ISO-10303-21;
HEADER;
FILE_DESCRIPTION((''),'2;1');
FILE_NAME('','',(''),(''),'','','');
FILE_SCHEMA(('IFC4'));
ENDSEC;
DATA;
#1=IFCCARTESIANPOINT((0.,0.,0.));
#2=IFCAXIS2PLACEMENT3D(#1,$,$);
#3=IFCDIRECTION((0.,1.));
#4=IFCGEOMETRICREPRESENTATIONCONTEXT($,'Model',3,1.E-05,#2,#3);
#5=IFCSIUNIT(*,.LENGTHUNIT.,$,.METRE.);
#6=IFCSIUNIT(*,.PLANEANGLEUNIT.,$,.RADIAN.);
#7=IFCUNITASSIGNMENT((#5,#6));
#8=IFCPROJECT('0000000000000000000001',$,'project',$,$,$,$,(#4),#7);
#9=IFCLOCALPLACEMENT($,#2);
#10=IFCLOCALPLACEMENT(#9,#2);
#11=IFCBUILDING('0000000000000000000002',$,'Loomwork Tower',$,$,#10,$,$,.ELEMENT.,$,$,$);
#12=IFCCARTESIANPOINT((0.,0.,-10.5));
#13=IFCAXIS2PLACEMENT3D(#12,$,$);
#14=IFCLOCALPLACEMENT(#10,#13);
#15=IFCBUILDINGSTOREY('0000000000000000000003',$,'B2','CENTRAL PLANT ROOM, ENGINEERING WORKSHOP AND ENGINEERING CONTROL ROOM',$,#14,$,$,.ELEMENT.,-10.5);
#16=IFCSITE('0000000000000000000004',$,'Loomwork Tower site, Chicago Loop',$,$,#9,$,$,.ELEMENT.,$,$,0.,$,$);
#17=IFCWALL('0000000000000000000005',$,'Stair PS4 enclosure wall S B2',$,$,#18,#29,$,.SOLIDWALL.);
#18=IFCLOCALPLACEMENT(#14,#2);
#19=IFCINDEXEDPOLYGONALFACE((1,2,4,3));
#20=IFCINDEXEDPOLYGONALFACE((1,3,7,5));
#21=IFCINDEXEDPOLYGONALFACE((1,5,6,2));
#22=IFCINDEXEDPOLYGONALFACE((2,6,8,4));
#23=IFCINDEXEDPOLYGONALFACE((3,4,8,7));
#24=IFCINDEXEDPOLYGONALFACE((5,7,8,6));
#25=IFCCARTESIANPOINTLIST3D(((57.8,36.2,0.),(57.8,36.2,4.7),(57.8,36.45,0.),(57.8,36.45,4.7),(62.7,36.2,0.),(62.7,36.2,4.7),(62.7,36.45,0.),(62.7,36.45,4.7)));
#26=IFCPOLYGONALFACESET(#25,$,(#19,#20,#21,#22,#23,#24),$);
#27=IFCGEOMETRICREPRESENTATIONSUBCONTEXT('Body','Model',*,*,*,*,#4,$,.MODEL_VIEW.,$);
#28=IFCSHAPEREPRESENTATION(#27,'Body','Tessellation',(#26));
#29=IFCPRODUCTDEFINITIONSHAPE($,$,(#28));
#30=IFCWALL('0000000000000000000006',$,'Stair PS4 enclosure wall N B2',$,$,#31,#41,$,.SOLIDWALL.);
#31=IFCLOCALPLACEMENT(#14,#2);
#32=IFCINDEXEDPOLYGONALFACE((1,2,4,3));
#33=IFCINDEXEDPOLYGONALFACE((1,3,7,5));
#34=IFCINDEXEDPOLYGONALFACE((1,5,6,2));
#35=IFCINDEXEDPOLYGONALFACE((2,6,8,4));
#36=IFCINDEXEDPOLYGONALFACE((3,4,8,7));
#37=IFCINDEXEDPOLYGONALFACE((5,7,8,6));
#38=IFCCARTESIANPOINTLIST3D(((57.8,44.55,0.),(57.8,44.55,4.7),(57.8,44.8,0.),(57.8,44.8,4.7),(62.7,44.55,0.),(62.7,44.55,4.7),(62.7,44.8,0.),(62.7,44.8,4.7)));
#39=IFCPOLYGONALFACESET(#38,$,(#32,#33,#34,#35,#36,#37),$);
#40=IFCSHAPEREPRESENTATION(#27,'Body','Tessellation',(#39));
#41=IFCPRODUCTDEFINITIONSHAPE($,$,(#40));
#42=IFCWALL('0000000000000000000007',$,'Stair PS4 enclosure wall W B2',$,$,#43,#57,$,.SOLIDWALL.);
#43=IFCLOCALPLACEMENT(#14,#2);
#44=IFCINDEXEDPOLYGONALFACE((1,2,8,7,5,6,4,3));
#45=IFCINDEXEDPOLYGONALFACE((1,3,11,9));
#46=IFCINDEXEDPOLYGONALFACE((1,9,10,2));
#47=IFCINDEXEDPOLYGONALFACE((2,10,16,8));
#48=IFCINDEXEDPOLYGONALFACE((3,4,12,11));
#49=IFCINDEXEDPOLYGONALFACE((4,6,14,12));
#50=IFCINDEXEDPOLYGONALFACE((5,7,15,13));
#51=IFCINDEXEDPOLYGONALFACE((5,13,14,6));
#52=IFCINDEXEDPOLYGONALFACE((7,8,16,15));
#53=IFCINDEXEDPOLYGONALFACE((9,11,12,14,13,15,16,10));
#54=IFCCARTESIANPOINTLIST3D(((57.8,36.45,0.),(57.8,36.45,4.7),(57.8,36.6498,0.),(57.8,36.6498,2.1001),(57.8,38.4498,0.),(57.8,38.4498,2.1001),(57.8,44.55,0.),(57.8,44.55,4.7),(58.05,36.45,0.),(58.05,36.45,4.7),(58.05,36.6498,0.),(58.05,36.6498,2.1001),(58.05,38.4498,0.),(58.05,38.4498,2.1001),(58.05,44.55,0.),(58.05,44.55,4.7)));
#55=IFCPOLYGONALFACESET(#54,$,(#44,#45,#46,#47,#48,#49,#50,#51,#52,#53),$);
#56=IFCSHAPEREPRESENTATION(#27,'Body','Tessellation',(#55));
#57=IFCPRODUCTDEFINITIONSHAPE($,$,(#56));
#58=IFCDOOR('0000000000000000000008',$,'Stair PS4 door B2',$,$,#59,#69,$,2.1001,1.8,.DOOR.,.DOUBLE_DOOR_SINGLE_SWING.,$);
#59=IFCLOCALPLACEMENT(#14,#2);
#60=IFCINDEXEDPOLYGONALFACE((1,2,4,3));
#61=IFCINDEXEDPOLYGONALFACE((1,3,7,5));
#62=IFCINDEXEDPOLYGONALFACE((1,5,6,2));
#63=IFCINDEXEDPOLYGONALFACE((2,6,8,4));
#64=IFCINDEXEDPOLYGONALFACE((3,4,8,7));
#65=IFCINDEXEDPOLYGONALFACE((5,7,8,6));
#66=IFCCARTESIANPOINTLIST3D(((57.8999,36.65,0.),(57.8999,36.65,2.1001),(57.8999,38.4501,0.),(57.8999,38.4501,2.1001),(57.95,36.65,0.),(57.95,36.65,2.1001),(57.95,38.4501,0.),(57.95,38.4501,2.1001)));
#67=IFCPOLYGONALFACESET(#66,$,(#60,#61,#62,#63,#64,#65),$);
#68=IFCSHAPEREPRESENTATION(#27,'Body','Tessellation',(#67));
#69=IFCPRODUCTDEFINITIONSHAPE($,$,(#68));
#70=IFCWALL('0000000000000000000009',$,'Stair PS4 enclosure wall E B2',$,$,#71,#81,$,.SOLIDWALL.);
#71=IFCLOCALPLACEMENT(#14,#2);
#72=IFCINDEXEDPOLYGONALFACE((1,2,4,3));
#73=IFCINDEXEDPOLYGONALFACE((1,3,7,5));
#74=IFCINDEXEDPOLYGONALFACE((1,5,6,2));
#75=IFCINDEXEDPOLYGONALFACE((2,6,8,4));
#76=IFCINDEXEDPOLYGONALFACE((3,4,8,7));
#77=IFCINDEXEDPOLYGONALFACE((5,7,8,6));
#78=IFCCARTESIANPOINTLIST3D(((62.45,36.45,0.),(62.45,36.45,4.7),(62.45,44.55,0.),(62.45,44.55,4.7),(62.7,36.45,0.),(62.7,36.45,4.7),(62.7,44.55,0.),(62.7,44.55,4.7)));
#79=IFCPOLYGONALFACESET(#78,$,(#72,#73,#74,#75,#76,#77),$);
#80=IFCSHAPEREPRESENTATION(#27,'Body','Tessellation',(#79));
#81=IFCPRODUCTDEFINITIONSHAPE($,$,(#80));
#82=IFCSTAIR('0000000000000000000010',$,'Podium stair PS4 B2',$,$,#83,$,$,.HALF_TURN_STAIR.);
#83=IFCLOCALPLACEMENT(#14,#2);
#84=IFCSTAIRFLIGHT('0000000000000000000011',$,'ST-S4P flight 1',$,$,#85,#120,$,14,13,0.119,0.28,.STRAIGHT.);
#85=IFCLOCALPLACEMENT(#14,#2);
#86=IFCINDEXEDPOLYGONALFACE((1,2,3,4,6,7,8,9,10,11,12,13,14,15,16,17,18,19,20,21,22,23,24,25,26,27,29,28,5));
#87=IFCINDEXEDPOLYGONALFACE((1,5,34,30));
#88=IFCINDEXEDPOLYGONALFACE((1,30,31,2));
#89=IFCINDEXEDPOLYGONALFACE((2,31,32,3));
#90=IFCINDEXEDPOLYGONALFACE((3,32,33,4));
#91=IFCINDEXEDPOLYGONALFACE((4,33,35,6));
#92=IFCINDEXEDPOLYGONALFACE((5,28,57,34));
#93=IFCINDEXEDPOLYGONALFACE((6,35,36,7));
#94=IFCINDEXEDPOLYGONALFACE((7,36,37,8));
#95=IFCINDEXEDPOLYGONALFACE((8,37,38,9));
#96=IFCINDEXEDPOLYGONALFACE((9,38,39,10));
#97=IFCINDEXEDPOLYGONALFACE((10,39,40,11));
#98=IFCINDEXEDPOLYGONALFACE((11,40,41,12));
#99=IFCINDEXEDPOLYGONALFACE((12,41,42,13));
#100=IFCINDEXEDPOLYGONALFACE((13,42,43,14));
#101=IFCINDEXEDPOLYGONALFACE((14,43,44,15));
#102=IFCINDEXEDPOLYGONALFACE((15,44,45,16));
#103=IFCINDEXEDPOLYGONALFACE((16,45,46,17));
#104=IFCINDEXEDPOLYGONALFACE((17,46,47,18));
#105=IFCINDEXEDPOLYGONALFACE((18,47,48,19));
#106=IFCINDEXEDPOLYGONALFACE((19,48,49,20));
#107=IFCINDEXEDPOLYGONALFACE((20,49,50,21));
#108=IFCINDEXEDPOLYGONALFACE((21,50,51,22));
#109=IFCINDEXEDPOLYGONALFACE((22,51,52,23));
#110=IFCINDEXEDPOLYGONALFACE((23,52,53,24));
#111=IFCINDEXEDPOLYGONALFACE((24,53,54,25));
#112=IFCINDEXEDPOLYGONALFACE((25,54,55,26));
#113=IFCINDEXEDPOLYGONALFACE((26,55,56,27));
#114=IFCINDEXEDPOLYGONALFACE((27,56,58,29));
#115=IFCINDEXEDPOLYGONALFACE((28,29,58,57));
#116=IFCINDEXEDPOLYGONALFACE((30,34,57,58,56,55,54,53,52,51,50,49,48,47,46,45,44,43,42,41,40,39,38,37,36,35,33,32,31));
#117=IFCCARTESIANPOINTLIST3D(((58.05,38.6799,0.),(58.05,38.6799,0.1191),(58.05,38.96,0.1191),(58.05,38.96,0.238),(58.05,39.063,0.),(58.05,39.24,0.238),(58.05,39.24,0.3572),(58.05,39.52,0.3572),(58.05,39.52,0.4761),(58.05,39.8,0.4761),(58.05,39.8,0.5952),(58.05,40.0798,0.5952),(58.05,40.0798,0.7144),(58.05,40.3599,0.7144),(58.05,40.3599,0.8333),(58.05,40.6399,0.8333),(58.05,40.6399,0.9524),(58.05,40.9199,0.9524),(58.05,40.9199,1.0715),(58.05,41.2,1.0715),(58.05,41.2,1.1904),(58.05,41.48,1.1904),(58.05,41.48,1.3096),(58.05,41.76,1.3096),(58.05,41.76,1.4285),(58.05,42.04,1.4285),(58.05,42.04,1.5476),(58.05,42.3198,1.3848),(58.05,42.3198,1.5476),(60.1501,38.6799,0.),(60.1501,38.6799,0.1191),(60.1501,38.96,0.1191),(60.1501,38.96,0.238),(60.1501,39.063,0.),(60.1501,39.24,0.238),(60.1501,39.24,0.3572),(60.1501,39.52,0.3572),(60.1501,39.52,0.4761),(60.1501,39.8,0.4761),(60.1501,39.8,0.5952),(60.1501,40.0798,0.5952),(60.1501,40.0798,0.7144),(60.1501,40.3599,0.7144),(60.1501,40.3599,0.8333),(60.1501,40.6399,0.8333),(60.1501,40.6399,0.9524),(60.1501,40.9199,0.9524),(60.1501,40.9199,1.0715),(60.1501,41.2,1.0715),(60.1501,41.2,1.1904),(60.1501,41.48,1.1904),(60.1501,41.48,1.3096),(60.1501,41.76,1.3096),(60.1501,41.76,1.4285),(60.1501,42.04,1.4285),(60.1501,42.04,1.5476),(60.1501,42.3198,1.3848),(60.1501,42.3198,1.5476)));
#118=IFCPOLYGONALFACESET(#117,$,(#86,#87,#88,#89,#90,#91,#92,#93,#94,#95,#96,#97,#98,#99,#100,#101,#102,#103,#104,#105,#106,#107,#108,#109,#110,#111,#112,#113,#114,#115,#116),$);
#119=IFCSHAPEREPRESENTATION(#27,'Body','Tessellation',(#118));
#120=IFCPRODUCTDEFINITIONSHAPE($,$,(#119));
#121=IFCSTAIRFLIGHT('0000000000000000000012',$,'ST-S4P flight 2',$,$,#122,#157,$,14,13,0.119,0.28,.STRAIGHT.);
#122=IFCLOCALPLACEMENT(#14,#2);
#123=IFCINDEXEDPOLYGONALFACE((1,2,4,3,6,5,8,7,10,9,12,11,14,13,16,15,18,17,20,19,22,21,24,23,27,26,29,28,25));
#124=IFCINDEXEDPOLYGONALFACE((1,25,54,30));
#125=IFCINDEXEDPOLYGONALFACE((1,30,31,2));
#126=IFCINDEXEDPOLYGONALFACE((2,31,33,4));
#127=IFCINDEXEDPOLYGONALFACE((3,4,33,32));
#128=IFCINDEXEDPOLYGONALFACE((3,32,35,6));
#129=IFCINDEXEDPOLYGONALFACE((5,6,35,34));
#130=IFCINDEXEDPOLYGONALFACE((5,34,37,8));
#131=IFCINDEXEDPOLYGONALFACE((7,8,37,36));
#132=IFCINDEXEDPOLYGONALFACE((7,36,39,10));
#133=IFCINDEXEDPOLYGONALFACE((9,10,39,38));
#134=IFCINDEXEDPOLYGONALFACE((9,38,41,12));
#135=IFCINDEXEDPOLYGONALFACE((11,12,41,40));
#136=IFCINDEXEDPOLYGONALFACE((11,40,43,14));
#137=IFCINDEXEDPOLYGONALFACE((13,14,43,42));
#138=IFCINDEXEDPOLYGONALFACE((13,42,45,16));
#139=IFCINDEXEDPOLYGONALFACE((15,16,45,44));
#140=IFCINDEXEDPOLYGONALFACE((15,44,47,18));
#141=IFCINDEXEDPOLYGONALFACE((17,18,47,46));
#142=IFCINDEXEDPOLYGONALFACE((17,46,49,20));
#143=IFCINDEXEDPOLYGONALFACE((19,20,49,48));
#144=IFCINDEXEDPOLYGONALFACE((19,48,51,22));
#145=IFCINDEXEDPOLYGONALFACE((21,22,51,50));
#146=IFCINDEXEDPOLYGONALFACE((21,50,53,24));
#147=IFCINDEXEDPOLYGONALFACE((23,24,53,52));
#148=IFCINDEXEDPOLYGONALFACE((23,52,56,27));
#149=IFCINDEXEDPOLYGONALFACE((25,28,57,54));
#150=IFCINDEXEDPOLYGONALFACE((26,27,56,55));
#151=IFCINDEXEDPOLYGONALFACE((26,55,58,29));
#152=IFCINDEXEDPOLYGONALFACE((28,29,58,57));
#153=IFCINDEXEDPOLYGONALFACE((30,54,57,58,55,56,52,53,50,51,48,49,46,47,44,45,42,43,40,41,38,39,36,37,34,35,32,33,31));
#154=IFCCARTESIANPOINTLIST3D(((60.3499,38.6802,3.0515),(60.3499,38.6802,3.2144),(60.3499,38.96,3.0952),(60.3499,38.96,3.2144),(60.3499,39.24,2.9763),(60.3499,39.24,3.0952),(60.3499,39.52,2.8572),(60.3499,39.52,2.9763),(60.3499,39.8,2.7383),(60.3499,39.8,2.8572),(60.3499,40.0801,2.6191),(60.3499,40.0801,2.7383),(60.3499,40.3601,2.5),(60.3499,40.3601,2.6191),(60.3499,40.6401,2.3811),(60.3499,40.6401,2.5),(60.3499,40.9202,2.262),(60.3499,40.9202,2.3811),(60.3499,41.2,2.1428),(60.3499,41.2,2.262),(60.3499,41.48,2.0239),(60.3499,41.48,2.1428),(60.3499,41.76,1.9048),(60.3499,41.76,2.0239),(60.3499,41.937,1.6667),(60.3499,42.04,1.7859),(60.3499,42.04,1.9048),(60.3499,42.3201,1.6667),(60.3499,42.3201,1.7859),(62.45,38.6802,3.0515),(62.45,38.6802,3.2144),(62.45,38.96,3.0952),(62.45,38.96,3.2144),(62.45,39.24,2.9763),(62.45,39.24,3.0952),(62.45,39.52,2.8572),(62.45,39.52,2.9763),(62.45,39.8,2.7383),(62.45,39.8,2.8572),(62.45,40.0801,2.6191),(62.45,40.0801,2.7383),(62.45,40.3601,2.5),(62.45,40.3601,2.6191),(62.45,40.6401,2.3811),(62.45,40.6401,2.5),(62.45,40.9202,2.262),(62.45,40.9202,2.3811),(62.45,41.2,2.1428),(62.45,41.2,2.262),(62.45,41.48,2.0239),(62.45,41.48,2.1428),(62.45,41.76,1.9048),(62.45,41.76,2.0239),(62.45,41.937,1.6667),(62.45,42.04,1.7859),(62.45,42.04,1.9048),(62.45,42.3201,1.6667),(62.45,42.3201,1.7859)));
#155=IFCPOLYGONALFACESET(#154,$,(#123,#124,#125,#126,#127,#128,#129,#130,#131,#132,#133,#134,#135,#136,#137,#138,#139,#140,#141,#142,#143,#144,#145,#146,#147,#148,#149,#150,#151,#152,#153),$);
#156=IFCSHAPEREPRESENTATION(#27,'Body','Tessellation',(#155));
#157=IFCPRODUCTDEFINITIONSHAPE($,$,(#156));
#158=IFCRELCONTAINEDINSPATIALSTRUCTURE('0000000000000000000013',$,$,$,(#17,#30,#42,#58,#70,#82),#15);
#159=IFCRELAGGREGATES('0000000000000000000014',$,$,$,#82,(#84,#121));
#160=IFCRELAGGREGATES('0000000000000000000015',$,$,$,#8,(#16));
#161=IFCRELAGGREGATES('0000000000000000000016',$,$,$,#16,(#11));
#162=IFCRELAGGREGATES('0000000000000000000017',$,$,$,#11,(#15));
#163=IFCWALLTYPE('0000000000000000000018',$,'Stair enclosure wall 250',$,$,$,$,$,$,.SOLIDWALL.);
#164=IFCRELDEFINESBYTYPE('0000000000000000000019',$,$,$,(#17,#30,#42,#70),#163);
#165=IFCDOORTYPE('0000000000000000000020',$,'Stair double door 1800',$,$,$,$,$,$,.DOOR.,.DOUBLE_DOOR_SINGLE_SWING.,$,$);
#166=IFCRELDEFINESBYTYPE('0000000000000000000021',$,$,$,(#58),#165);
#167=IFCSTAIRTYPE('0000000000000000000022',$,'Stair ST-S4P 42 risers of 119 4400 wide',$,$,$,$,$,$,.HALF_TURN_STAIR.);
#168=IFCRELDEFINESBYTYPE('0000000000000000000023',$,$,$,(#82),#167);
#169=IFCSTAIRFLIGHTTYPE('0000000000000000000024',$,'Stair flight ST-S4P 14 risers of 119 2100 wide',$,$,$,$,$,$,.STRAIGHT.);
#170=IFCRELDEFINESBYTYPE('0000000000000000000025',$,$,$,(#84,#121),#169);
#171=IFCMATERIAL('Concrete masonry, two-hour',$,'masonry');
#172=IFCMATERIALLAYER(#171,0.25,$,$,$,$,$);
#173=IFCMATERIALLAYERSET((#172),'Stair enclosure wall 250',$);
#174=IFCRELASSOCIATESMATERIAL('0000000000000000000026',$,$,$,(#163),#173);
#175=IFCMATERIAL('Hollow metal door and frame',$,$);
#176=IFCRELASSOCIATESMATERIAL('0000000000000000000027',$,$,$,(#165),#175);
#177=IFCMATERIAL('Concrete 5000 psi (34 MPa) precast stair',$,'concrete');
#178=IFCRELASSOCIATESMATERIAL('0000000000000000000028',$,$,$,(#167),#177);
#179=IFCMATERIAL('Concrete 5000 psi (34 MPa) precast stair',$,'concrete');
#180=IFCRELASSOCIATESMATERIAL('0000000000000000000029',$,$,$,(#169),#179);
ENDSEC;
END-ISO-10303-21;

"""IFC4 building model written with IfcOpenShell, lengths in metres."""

from ifc_helpers import new_model, si_unit, direction, frame, frame_2d, origin, place, context, subcontext, project, spatial, polyline, rectangle, outline, extrude, material, layer, layer_set, type_object, element, fill, aggregate, save


model = new_model("IFC4")

# Units and contexts
model_context = context("Model", 3, precision=1e-05, world=origin(), true_north=direction((0.0, 1.0)))
body_context = subcontext(model_context, "Body", "Model", "MODEL_VIEW")
ifc_project = project(units=[si_unit("LENGTHUNIT", "METRE"), si_unit("PLANEANGLEUNIT", "RADIAN")], contexts=[model_context])

# Site, building, storey
site_placement = place(None, origin())
site = spatial("IfcSite", under=ifc_project, at=site_placement, Name="Loomwork Tower site, Chicago Loop", CompositionType="ELEMENT", RefElevation=0.0)
building_placement = place(site_placement, origin())
building = spatial("IfcBuilding", under=site, at=building_placement, Name="Loomwork Tower", CompositionType="ELEMENT")
storey_placement = place(building_placement, frame((0.0, 0.0, -10.5)))
storey = spatial("IfcBuildingStorey", under=building, at=storey_placement, Name="B2", Description="CENTRAL PLANT ROOM, ENGINEERING WORKSHOP AND ENGINEERING CONTROL ROOM", CompositionType="ELEMENT", Elevation=-10.5)

# Walls
ifc_material_1 = material(Name="Concrete masonry, two-hour", Category="masonry")
ifc_layer_1 = layer(ifc_material_1, 0.25)
ifc_layer_set_1 = layer_set([ifc_layer_1], Name="Stair enclosure wall 250")
wall_type_1 = type_object("IfcWallType", Name="Stair enclosure wall 250", PredefinedType="SOLIDWALL", material=ifc_layer_set_1)
for number, where, z_axis, x_axis, name in (
    (1, (57.8, 36.325, 0.0), (0.0, 0.0, 1.0), (1.0, 0.0, 0.0), "Stair PS4 enclosure wall S B2"),
    (2, (57.8, 44.675, 0.0), (0.0, 0.0, 1.0), (1.0, 0.0, 0.0), "Stair PS4 enclosure wall N B2"),
):
    element("IfcWall", number, at=place(storey_placement, frame(where, z_axis=z_axis, x_axis=x_axis)), inside=storey, type_object=wall_type_1, Name=name, PredefinedType="SOLIDWALL", context=body_context, shape_type="SweptSolid", body=[
        extrude(rectangle(XDim=4.8999, YDim=0.25, at=frame_2d((2.45, 0.0))), origin(), (0.0, 0.0, 1.0), 4.7),
    ])

# Wall, opening, door
wall_1_placement = place(storey_placement, frame((57.925, 36.45, 0.0), z_axis=(0.0, 0.0, 1.0), x_axis=(0.0, 1.0, 0.0)))
wall_1 = element("IfcWall", 3, at=wall_1_placement, inside=storey, type_object=wall_type_1, Name="Stair PS4 enclosure wall W B2", PredefinedType="SOLIDWALL", context=body_context, shape_type="SweptSolid", body=[
    extrude(rectangle(XDim=8.1001, YDim=0.25, at=frame_2d((4.05, 0.0))), origin(), (0.0, 0.0, 1.0), 4.7),
])
opening_placement = place(wall_1_placement, frame((0.2, 0.0, 0.0)))
opening = element("IfcOpeningElement", 4, at=opening_placement, cuts=wall_1, PredefinedType="OPENING", context=body_context, shape_type="SweptSolid", body=[
    extrude(rectangle(XDim=1.8, YDim=2.1001, at=frame_2d((0.8999, 1.05))), frame((0.0, 0.135, 0.0), z_axis=(0.0, -1.0, 0.0), x_axis=(1.0, 0.0, 0.0)), (0.0, 0.0, 1.0), 0.27),
])
ifc_material_2 = material(Name="Hollow metal door and frame")
door_type = type_object("IfcDoorType", Name="Stair double door 1800", OperationType="DOUBLE_DOOR_SINGLE_SWING", PredefinedType="DOOR", material=ifc_material_2)
door_placement = place(opening_placement, frame((1.8, 0.0, 0.0), z_axis=(0.0, 0.0, 1.0), x_axis=(-1.0, 0.0, 0.0)))
door = element("IfcDoor", 5, at=door_placement, inside=storey, type_object=door_type, Name="Stair PS4 door B2", OperationType="DOUBLE_DOOR_SINGLE_SWING", OverallHeight=2.1001, OverallWidth=1.8, PredefinedType="DOOR", context=body_context, shape_type="SweptSolid", body=[
    extrude(rectangle(XDim=1.8, YDim=2.1001, at=frame_2d((0.8999, 1.05))), frame((0.0, 0.0249, 0.0), z_axis=(0.0, -1.0, 0.0), x_axis=(1.0, 0.0, 0.0)), (0.0, 0.0, 1.0), 0.05),
])
fill(opening, door)

# Wall
wall_2_placement = place(storey_placement, frame((62.575, 36.45, 0.0), z_axis=(0.0, 0.0, 1.0), x_axis=(0.0, 1.0, 0.0)))
element("IfcWall", 6, at=wall_2_placement, inside=storey, type_object=wall_type_1, Name="Stair PS4 enclosure wall E B2", PredefinedType="SOLIDWALL", context=body_context, shape_type="SweptSolid", body=[
    extrude(rectangle(XDim=8.1001, YDim=0.25, at=frame_2d((4.05, 0.0))), origin(), (0.0, 0.0, 1.0), 4.7),
])

# Stair, stair flights
ifc_material_3 = material(Name="Concrete 5000 psi (34 MPa) precast stair", Category="concrete")
stair_type = type_object("IfcStairType", Name="Stair ST-S4P 42 risers of 119 4400 wide", PredefinedType="HALF_TURN_STAIR", material=ifc_material_3)
stair_placement = place(storey_placement, origin())
stair = element("IfcStair", 7, at=stair_placement, inside=storey, type_object=stair_type, Name="Podium stair PS4 B2", PredefinedType="HALF_TURN_STAIR")
ifc_material_4 = material(Name="Concrete 5000 psi (34 MPa) precast stair", Category="concrete")
stair_flight_type = type_object("IfcStairFlightType", Name="Stair flight ST-S4P 14 risers of 119 2100 wide", PredefinedType="STRAIGHT", material=ifc_material_4)
stair_flight_1_placement = place(storey_placement, frame((59.1001, 38.6799, 0.0), z_axis=(0.0, 0.0, 1.0), x_axis=(0.0, 1.0, 0.0)))
stair_flight_1 = element("IfcStairFlight", 8, at=stair_flight_1_placement, type_object=stair_flight_type, Name="ST-S4P flight 1", NumberOfRisers=14, NumberOfTreads=13, PredefinedType="STRAIGHT", RiserHeight=0.119, TreadLength=0.28, context=body_context, shape_type="SweptSolid", body=[
    extrude(outline(polyline([(0.0, 0.0), (0.0, 0.1191), (0.28, 0.1191), (0.28, 0.238), (0.5601, 0.238), (0.5601, 0.3572), (0.8401, 0.3572), (0.8401, 0.4761), (1.1201, 0.4761), (1.1201, 0.5952), (1.3999, 0.5952), (1.3999, 0.7144), (1.6799, 0.7144), (1.6799, 0.8333), (1.96, 0.8333), (1.96, 0.9524), (2.24, 0.9524), (2.24, 1.0715), (2.52, 1.0715), (2.52, 1.1904), (2.8, 1.1904), (2.8, 1.3096), (3.0801, 1.3096), (3.0801, 1.4285), (3.3601, 1.4285), (3.3601, 1.5476), (3.6399, 1.5476), (3.6399, 1.6667), (3.6399, 1.3848), (0.3831, 0.0), (0.0, 0.0)])), frame((0.0, 1.05, 0.0), z_axis=(0.0, -1.0, 0.0), x_axis=(1.0, 0.0, 0.0)), (0.0, 0.0, 1.0), 2.1001),
])
stair_flight_2_placement = place(storey_placement, frame((61.3999, 42.3201, 1.6667), z_axis=(0.0, 0.0, 1.0), x_axis=(0.0, -1.0, 0.0)))
stair_flight_2 = element("IfcStairFlight", 9, at=stair_flight_2_placement, type_object=stair_flight_type, Name="ST-S4P flight 2", NumberOfRisers=14, NumberOfTreads=13, PredefinedType="STRAIGHT", RiserHeight=0.119, TreadLength=0.28, context=body_context, shape_type="SweptSolid", body=[
    extrude(outline(polyline([(0.0, 0.0), (0.0, 0.1191), (0.28, 0.1191), (0.28, 0.238), (0.5601, 0.238), (0.5601, 0.3572), (0.8401, 0.3572), (0.8401, 0.4761), (1.1201, 0.4761), (1.1201, 0.5952), (1.3999, 0.5952), (1.3999, 0.7144), (1.6799, 0.7144), (1.6799, 0.8333), (1.96, 0.8333), (1.96, 0.9524), (2.24, 0.9524), (2.24, 1.0715), (2.52, 1.0715), (2.52, 1.1904), (2.8, 1.1904), (2.8, 1.3096), (3.0801, 1.3096), (3.0801, 1.4285), (3.3601, 1.4285), (3.3601, 1.5476), (3.6399, 1.5476), (3.6399, 1.6667), (3.6399, 1.3848), (0.3831, 0.0), (0.0, 0.0)])), frame((0.0, 1.05, 0.0), z_axis=(0.0, -1.0, 0.0), x_axis=(1.0, 0.0, 0.0)), (0.0, 0.0, 1.0), 2.1001),
])
aggregate(stair, [stair_flight_1, stair_flight_2])

save(model, "model.ifc")
